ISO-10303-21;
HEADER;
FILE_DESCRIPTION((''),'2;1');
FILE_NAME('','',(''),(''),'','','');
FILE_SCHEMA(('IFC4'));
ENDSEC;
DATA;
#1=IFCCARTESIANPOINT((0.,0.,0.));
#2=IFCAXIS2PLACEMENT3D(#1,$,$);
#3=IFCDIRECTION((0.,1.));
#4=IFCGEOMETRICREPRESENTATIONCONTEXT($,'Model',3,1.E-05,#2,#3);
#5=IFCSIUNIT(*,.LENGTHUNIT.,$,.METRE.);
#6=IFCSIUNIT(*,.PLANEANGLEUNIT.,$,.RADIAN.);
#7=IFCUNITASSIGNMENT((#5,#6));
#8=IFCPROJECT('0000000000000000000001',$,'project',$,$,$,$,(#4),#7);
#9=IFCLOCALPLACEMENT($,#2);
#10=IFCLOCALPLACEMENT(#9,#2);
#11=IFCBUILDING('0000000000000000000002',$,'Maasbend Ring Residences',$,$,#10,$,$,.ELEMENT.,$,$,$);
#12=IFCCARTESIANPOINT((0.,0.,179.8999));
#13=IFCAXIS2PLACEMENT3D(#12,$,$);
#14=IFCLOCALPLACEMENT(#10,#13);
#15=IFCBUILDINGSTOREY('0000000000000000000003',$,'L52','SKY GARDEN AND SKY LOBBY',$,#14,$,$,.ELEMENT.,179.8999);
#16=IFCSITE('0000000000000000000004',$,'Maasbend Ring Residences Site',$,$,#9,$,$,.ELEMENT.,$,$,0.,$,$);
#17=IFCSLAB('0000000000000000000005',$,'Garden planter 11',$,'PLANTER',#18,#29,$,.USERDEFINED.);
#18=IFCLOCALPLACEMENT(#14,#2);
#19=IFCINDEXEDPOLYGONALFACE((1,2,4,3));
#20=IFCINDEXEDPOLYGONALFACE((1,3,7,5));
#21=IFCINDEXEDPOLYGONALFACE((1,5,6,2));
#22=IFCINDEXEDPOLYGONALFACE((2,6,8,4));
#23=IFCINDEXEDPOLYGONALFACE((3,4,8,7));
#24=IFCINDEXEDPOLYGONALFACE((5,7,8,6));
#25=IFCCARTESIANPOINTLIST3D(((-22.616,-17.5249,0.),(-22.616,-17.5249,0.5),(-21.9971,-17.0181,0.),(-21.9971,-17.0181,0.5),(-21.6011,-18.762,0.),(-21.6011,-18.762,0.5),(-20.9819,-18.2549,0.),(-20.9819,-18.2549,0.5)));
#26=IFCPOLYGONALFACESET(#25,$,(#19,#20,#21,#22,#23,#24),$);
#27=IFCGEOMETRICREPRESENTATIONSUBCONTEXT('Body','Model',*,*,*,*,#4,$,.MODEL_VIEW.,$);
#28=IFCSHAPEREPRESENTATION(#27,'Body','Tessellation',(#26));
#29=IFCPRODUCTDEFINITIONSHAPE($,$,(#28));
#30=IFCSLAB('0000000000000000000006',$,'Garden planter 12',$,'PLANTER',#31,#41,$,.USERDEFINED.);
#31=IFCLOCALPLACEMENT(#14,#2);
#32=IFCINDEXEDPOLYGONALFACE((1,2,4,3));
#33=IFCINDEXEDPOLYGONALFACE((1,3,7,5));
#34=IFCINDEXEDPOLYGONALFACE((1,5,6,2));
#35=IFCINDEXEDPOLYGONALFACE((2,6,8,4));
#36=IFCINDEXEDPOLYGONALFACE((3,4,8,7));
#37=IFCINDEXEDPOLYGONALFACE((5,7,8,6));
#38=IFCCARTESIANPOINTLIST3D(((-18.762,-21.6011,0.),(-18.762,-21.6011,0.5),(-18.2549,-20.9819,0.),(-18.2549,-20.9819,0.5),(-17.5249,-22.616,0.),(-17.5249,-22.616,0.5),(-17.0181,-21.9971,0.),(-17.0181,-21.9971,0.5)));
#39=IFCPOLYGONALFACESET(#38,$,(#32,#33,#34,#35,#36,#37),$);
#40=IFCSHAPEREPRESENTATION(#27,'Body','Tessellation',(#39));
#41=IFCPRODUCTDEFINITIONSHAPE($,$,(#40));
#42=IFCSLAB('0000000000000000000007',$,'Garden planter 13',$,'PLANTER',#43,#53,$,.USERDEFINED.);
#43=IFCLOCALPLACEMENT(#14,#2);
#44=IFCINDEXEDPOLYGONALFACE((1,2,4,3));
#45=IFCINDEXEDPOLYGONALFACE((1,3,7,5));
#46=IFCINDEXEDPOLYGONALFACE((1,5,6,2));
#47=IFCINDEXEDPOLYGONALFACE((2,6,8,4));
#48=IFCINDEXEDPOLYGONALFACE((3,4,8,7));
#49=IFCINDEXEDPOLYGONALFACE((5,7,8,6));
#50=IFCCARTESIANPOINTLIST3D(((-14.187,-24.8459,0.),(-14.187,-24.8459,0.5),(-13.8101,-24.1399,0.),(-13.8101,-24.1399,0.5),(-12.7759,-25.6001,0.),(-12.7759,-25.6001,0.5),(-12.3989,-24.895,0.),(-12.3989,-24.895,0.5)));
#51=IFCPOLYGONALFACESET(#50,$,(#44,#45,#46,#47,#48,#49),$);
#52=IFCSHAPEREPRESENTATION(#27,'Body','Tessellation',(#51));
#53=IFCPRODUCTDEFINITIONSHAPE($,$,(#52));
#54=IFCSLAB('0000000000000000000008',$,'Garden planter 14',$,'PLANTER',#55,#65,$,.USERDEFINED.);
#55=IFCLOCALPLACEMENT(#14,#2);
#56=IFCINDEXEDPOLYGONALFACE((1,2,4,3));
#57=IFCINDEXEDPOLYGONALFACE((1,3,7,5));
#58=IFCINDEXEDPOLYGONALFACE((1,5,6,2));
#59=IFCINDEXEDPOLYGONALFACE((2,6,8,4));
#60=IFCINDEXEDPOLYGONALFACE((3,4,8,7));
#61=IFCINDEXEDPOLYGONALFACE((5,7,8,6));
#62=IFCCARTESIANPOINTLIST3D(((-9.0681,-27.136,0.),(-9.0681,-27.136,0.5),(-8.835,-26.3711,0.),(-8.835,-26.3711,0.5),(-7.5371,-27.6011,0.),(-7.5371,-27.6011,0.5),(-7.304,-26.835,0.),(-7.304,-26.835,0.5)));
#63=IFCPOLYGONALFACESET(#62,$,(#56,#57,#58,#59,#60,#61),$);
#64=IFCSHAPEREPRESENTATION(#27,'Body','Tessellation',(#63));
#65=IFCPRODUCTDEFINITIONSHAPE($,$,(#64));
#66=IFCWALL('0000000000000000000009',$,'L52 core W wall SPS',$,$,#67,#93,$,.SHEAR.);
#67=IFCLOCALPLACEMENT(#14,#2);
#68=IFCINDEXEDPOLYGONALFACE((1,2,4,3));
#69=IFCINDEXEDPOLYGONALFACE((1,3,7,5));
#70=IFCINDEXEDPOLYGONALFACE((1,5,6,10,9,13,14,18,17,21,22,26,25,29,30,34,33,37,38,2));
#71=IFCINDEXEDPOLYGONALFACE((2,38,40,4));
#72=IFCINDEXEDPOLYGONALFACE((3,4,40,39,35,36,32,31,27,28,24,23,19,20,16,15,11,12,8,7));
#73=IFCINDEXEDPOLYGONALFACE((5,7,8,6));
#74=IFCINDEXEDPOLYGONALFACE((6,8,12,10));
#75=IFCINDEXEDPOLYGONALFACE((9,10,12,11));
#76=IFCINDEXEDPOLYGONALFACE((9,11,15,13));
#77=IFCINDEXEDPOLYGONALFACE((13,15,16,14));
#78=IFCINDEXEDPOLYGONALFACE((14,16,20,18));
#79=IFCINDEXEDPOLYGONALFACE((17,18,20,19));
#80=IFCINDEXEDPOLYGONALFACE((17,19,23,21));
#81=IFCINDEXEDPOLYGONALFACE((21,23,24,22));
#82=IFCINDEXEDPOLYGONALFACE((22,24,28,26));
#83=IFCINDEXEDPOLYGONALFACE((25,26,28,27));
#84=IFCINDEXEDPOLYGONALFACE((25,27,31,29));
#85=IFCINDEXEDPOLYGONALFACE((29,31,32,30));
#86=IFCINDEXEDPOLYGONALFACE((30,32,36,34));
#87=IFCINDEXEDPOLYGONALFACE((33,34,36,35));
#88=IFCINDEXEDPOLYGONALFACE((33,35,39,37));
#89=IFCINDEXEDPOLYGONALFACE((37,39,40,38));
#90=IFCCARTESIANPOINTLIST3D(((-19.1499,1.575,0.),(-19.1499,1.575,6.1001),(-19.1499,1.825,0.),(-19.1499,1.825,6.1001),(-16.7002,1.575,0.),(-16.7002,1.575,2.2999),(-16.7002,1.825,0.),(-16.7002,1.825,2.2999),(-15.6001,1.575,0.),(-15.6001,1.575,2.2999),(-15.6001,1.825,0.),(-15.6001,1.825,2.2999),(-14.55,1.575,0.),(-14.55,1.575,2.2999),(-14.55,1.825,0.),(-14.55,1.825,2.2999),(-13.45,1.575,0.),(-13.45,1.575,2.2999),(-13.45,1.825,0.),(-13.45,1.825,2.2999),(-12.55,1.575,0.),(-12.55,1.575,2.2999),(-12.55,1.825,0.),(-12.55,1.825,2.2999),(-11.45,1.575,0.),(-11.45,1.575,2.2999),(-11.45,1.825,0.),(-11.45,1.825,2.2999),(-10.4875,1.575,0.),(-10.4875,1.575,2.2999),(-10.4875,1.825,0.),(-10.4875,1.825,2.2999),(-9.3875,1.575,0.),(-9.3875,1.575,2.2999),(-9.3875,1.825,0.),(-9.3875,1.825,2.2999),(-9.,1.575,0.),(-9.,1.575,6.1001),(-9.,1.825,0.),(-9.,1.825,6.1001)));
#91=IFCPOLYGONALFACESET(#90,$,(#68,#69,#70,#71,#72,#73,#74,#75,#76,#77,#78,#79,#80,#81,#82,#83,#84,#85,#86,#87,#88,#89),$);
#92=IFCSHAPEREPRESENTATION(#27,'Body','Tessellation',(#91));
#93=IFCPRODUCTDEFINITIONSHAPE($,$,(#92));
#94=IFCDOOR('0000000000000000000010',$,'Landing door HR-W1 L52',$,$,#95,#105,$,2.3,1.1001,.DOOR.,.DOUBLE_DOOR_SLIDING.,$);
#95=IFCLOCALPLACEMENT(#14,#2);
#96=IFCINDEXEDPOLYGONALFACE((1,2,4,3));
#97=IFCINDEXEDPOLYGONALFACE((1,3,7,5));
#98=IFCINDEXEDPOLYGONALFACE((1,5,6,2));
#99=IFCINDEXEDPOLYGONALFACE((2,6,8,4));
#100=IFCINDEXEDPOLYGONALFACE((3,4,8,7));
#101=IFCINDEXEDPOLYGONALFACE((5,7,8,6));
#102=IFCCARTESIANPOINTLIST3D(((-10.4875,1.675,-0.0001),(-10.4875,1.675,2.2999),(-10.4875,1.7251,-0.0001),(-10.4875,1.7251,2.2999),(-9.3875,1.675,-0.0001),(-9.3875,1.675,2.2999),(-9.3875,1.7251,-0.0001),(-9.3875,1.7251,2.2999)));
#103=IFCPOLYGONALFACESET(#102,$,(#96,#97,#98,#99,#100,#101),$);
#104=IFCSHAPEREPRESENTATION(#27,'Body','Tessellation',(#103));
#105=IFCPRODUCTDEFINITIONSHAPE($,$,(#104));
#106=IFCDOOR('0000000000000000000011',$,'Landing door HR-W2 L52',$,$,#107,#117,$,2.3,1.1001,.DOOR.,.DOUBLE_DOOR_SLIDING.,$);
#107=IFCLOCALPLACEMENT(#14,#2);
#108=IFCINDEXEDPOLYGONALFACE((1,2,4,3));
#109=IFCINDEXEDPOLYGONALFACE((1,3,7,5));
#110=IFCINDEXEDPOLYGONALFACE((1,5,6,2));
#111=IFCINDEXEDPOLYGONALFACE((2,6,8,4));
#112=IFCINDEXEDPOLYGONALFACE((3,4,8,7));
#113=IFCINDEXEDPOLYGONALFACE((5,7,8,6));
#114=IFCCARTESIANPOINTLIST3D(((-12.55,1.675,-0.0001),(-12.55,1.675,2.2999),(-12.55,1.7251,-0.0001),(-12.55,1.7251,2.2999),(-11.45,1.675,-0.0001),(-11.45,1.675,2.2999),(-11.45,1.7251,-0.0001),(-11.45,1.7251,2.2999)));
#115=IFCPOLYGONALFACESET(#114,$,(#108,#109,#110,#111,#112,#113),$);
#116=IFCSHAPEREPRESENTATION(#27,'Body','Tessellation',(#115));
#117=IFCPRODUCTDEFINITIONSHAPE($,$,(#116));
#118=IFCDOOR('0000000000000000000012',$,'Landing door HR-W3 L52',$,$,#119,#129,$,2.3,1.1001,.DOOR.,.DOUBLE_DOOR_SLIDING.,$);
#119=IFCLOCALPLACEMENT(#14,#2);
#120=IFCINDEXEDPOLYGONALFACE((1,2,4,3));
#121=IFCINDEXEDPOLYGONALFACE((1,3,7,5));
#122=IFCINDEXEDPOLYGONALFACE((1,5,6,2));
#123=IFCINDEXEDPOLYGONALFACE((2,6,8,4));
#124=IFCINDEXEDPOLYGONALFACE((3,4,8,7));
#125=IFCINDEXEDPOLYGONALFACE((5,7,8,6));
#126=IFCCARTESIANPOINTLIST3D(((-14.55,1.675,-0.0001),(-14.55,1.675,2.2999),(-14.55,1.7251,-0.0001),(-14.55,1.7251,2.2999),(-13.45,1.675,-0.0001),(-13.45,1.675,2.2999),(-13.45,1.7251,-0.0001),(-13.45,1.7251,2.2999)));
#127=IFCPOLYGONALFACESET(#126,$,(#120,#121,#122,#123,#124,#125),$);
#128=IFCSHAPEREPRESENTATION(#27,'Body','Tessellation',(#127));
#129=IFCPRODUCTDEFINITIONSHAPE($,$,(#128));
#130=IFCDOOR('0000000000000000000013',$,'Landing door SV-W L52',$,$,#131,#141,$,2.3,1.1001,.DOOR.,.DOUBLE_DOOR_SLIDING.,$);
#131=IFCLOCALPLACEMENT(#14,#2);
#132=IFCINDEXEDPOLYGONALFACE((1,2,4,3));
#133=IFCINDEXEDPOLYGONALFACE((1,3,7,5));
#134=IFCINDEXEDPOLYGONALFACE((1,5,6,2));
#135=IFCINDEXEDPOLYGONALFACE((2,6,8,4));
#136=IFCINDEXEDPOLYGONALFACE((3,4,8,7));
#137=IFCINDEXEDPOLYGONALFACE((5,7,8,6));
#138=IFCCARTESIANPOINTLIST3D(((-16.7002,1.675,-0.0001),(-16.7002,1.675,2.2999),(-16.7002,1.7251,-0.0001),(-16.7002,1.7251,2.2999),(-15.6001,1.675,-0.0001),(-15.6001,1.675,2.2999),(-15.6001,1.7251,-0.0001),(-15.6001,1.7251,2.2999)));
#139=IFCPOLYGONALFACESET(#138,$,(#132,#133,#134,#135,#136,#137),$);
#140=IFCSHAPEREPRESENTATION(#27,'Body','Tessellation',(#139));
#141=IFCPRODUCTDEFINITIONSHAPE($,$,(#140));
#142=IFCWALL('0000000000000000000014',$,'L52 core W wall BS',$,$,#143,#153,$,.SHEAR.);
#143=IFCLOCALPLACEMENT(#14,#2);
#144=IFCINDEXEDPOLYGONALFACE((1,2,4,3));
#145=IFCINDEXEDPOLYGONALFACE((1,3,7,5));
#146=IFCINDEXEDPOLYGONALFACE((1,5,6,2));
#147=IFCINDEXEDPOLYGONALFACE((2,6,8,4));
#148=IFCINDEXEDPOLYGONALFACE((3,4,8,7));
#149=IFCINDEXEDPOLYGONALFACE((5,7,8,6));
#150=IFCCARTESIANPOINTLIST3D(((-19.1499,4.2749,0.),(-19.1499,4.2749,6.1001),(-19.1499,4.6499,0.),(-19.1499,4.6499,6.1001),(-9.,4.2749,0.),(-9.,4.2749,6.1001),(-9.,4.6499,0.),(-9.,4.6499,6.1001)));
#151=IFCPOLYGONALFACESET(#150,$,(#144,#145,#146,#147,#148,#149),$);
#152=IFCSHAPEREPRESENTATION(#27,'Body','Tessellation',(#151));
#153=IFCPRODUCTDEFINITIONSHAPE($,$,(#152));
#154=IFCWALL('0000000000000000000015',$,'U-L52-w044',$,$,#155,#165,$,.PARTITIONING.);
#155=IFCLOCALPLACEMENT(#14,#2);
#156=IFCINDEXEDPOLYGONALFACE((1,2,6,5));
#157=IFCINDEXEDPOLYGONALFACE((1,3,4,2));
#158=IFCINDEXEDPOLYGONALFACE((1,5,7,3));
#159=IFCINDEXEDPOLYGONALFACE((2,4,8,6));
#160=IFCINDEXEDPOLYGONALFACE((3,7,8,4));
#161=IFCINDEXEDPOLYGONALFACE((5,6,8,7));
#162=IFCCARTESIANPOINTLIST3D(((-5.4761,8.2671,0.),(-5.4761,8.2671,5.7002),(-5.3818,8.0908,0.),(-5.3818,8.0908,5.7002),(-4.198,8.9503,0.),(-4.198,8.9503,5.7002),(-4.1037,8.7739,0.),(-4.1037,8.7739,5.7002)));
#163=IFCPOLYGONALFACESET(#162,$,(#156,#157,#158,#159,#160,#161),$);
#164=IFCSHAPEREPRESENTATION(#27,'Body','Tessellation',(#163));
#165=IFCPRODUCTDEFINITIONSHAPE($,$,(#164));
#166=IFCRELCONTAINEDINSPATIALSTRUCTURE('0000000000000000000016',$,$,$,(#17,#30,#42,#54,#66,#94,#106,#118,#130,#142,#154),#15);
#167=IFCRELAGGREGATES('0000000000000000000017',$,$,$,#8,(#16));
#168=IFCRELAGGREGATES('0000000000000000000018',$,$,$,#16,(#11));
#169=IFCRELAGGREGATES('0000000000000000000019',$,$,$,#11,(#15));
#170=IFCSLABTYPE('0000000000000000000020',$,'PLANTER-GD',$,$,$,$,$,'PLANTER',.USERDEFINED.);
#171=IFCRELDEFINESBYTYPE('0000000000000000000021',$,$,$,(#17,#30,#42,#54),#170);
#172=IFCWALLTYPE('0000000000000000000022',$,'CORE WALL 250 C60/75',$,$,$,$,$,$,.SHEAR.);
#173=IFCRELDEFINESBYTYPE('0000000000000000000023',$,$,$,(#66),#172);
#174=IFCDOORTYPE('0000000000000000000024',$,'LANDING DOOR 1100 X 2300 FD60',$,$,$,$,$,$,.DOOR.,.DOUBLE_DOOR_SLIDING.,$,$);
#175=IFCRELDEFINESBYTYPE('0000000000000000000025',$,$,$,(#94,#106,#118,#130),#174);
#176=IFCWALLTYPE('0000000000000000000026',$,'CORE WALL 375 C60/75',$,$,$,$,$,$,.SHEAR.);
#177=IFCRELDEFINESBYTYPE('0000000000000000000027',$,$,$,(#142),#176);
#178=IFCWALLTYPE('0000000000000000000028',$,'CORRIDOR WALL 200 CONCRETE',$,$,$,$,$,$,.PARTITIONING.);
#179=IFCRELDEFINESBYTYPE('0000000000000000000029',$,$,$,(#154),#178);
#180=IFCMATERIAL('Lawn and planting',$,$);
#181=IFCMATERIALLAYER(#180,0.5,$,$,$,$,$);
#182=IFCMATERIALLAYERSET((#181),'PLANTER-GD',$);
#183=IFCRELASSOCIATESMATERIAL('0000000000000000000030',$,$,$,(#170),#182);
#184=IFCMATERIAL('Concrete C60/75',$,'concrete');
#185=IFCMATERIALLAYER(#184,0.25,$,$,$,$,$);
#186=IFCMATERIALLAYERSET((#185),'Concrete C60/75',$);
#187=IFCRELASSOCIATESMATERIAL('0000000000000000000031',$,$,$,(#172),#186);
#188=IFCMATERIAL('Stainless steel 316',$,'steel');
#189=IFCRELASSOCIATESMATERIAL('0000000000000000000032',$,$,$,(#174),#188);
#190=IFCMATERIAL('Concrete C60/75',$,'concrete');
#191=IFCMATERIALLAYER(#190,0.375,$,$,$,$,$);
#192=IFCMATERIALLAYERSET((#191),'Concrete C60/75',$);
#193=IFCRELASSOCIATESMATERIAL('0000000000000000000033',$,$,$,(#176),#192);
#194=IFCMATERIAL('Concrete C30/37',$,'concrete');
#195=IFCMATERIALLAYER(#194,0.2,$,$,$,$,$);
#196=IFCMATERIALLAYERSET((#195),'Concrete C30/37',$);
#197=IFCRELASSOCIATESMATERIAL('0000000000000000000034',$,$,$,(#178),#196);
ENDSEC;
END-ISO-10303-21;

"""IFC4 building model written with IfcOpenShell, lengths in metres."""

from ifc_helpers import new_model, si_unit, direction, frame, frame_2d, origin, place, context, subcontext, project, spatial, polyline, rectangle, outline, extrude, material, layer, layer_set, type_object, element, fill, save


model = new_model("IFC4")

# Units and contexts
model_context = context("Model", 3, precision=1e-05, world=origin(), true_north=direction((0.0, 1.0)))
body_context = subcontext(model_context, "Body", "Model", "MODEL_VIEW")
ifc_project = project(units=[si_unit("LENGTHUNIT", "METRE"), si_unit("PLANEANGLEUNIT", "RADIAN")], contexts=[model_context])

# Site, building, storey
site_placement = place(None, origin())
site = spatial("IfcSite", under=ifc_project, at=site_placement, Name="Maasbend Ring Residences Site", CompositionType="ELEMENT", RefElevation=0.0)
building_placement = place(site_placement, origin())
building = spatial("IfcBuilding", under=site, at=building_placement, Name="Maasbend Ring Residences", CompositionType="ELEMENT")
storey_placement = place(building_placement, frame((0.0, 0.0, 179.8999)))
storey = spatial("IfcBuildingStorey", under=building, at=storey_placement, Name="L52", Description="SKY GARDEN AND SKY LOBBY", CompositionType="ELEMENT", Elevation=179.8999)

# Slabs
ifc_material_1 = material(Name="Lawn and planting")
ifc_layer_1 = layer(ifc_material_1, 0.5)
ifc_layer_set_1 = layer_set([ifc_layer_1], Name="PLANTER-GD")
slab_type = type_object("IfcSlabType", Name="PLANTER-GD", ElementType="PLANTER", PredefinedType="USERDEFINED", material=ifc_layer_set_1)
slab_1_placement = place(storey_placement, origin())
element("IfcSlab", 1, at=slab_1_placement, inside=storey, type_object=slab_type, Name="Garden planter 11", ObjectType="PLANTER", PredefinedType="USERDEFINED", context=body_context, shape_type="SweptSolid", body=[
    extrude(outline(polyline([(-22.616, -17.5249), (-21.6011, -18.762), (-20.9819, -18.2549), (-21.9971, -17.0181), (-22.616, -17.5249)])), origin(), (0.0, 0.0, 1.0), 0.5),
])
slab_2_placement = place(storey_placement, origin())
element("IfcSlab", 2, at=slab_2_placement, inside=storey, type_object=slab_type, Name="Garden planter 12", ObjectType="PLANTER", PredefinedType="USERDEFINED", context=body_context, shape_type="SweptSolid", body=[
    extrude(outline(polyline([(-18.762, -21.6011), (-17.5249, -22.616), (-17.0181, -21.9971), (-18.2549, -20.9819), (-18.762, -21.6011)])), origin(), (0.0, 0.0, 1.0), 0.5),
])
slab_3_placement = place(storey_placement, origin())
element("IfcSlab", 3, at=slab_3_placement, inside=storey, type_object=slab_type, Name="Garden planter 13", ObjectType="PLANTER", PredefinedType="USERDEFINED", context=body_context, shape_type="SweptSolid", body=[
    extrude(outline(polyline([(-14.187, -24.8459), (-12.7759, -25.6001), (-12.3989, -24.895), (-13.8101, -24.1399), (-14.187, -24.8459)])), origin(), (0.0, 0.0, 1.0), 0.5),
])
slab_4_placement = place(storey_placement, origin())
element("IfcSlab", 4, at=slab_4_placement, inside=storey, type_object=slab_type, Name="Garden planter 14", ObjectType="PLANTER", PredefinedType="USERDEFINED", context=body_context, shape_type="SweptSolid", body=[
    extrude(outline(polyline([(-9.0681, -27.136), (-7.5371, -27.6011), (-7.304, -26.835), (-8.835, -26.3711), (-9.0681, -27.136)])), origin(), (0.0, 0.0, 1.0), 0.5),
])

# Wall, openings, doors
ifc_material_2 = material(Name="Concrete C60/75", Category="concrete")
ifc_layer_2 = layer(ifc_material_2, 0.25)
ifc_layer_set_2 = layer_set([ifc_layer_2], Name="Concrete C60/75")
wall_type_1 = type_object("IfcWallType", Name="CORE WALL 250 C60/75", PredefinedType="SHEAR", material=ifc_layer_set_2)
wall_1_placement = place(storey_placement, frame((-9.0, 1.7, 0.0), z_axis=(0.0, 0.0, 1.0), x_axis=(-1.0, 0.0, 0.0)))
wall_1 = element("IfcWall", 5, at=wall_1_placement, inside=storey, type_object=wall_type_1, Name="L52 core W wall SPS", PredefinedType="SHEAR", context=body_context, shape_type="SweptSolid", body=[
    extrude(rectangle(XDim=10.1499, YDim=0.25, at=frame_2d((5.075, 0.0))), origin(), (0.0, 0.0, 1.0), 6.1001),
])
opening_1_placement = place(wall_1_placement, frame((0.3875, 0.0, 0.0)))
opening_1 = element("IfcOpeningElement", 6, at=opening_1_placement, cuts=wall_1, PredefinedType="OPENING", context=body_context, shape_type="SweptSolid", body=[
    extrude(rectangle(XDim=1.1001, YDim=2.3, at=frame_2d((0.55, 1.1499))), frame((0.0, 0.135, 0.0), z_axis=(0.0, -1.0, 0.0), x_axis=(1.0, 0.0, 0.0)), (0.0, 0.0, 1.0), 0.27),
])
opening_2_placement = place(wall_1_placement, frame((2.45, 0.0, 0.0)))
opening_2 = element("IfcOpeningElement", 7, at=opening_2_placement, cuts=wall_1, PredefinedType="OPENING", context=body_context, shape_type="SweptSolid", body=[
    extrude(rectangle(XDim=1.1001, YDim=2.3, at=frame_2d((0.55, 1.1499))), frame((0.0, 0.135, 0.0), z_axis=(0.0, -1.0, 0.0), x_axis=(1.0, 0.0, 0.0)), (0.0, 0.0, 1.0), 0.27),
])
opening_3_placement = place(wall_1_placement, frame((4.45, 0.0, 0.0)))
opening_3 = element("IfcOpeningElement", 8, at=opening_3_placement, cuts=wall_1, PredefinedType="OPENING", context=body_context, shape_type="SweptSolid", body=[
    extrude(rectangle(XDim=1.1001, YDim=2.3, at=frame_2d((0.55, 1.1499))), frame((0.0, 0.135, 0.0), z_axis=(0.0, -1.0, 0.0), x_axis=(1.0, 0.0, 0.0)), (0.0, 0.0, 1.0), 0.27),
])
opening_4_placement = place(wall_1_placement, frame((6.6001, 0.0, 0.0)))
opening_4 = element("IfcOpeningElement", 9, at=opening_4_placement, cuts=wall_1, PredefinedType="OPENING", context=body_context, shape_type="SweptSolid", body=[
    extrude(rectangle(XDim=1.1001, YDim=2.3, at=frame_2d((0.55, 1.1499))), frame((0.0, 0.135, 0.0), z_axis=(0.0, -1.0, 0.0), x_axis=(1.0, 0.0, 0.0)), (0.0, 0.0, 1.0), 0.27),
])
ifc_material_3 = material(Name="Stainless steel 316", Category="steel")
door_type = type_object("IfcDoorType", Name="LANDING DOOR 1100 X 2300 FD60", OperationType="DOUBLE_DOOR_SLIDING", PredefinedType="DOOR", material=ifc_material_3)
door_1_placement = place(opening_1_placement, origin())
door_1 = element("IfcDoor", 10, at=door_1_placement, inside=storey, type_object=door_type, Name="Landing door HR-W1 L52", OperationType="DOUBLE_DOOR_SLIDING", OverallHeight=2.3, OverallWidth=1.1001, PredefinedType="DOOR", context=body_context, shape_type="SweptSolid", body=[
    extrude(rectangle(XDim=1.1001, YDim=2.3, at=frame_2d((0.55, 1.1499))), frame((0.0, 0.0249, 0.0), z_axis=(0.0, -1.0, 0.0), x_axis=(1.0, 0.0, 0.0)), (0.0, 0.0, 1.0), 0.05),
])
fill(opening_1, door_1)
door_2_placement = place(opening_2_placement, origin())
door_2 = element("IfcDoor", 11, at=door_2_placement, inside=storey, type_object=door_type, Name="Landing door HR-W2 L52", OperationType="DOUBLE_DOOR_SLIDING", OverallHeight=2.3, OverallWidth=1.1001, PredefinedType="DOOR", context=body_context, shape_type="SweptSolid", body=[
    extrude(rectangle(XDim=1.1001, YDim=2.3, at=frame_2d((0.55, 1.1499))), frame((0.0, 0.0249, 0.0), z_axis=(0.0, -1.0, 0.0), x_axis=(1.0, 0.0, 0.0)), (0.0, 0.0, 1.0), 0.05),
])
fill(opening_2, door_2)
door_3_placement = place(opening_3_placement, origin())
door_3 = element("IfcDoor", 12, at=door_3_placement, inside=storey, type_object=door_type, Name="Landing door HR-W3 L52", OperationType="DOUBLE_DOOR_SLIDING", OverallHeight=2.3, OverallWidth=1.1001, PredefinedType="DOOR", context=body_context, shape_type="SweptSolid", body=[
    extrude(rectangle(XDim=1.1001, YDim=2.3, at=frame_2d((0.55, 1.1499))), frame((0.0, 0.0249, 0.0), z_axis=(0.0, -1.0, 0.0), x_axis=(1.0, 0.0, 0.0)), (0.0, 0.0, 1.0), 0.05),
])
fill(opening_3, door_3)
door_4_placement = place(opening_4_placement, origin())
door_4 = element("IfcDoor", 13, at=door_4_placement, inside=storey, type_object=door_type, Name="Landing door SV-W L52", OperationType="DOUBLE_DOOR_SLIDING", OverallHeight=2.3, OverallWidth=1.1001, PredefinedType="DOOR", context=body_context, shape_type="SweptSolid", body=[
    extrude(rectangle(XDim=1.1001, YDim=2.3, at=frame_2d((0.55, 1.1499))), frame((0.0, 0.0249, 0.0), z_axis=(0.0, -1.0, 0.0), x_axis=(1.0, 0.0, 0.0)), (0.0, 0.0, 1.0), 0.05),
])
fill(opening_4, door_4)

# Walls
ifc_material_4 = material(Name="Concrete C60/75", Category="concrete")
ifc_layer_3 = layer(ifc_material_4, 0.375)
ifc_layer_set_3 = layer_set([ifc_layer_3], Name="Concrete C60/75")
wall_type_2 = type_object("IfcWallType", Name="CORE WALL 375 C60/75", PredefinedType="SHEAR", material=ifc_layer_set_3)
wall_2_placement = place(storey_placement, frame((-9.0, 4.4624, 0.0), z_axis=(0.0, 0.0, 1.0), x_axis=(-1.0, 0.0, 0.0)))
element("IfcWall", 14, at=wall_2_placement, inside=storey, type_object=wall_type_2, Name="L52 core W wall BS", PredefinedType="SHEAR", context=body_context, shape_type="SweptSolid", body=[
    extrude(rectangle(XDim=10.1499, YDim=0.375, at=frame_2d((5.075, 0.0))), origin(), (0.0, 0.0, 1.0), 6.1001),
])
ifc_material_5 = material(Name="Concrete C30/37", Category="concrete")
ifc_layer_4 = layer(ifc_material_5, 0.2)
ifc_layer_set_4 = layer_set([ifc_layer_4], Name="Concrete C30/37")
wall_type_3 = type_object("IfcWallType", Name="CORRIDOR WALL 200 CONCRETE", PredefinedType="PARTITIONING", material=ifc_layer_set_4)
wall_3_placement = place(storey_placement, frame((-5.429, 8.179, 0.0), z_axis=(0.0, 0.0, 1.0), x_axis=(0.881933, 0.471375, 0.0)))
element("IfcWall", 15, at=wall_3_placement, inside=storey, type_object=wall_type_3, Name="U-L52-w044", PredefinedType="PARTITIONING", context=body_context, shape_type="SweptSolid", body=[
    extrude(rectangle(XDim=1.4492, YDim=0.2, at=frame_2d((0.7246, 0.0))), origin(), (0.0, 0.0, 1.0), 5.7002),
])

save(model, "model.ifc")
